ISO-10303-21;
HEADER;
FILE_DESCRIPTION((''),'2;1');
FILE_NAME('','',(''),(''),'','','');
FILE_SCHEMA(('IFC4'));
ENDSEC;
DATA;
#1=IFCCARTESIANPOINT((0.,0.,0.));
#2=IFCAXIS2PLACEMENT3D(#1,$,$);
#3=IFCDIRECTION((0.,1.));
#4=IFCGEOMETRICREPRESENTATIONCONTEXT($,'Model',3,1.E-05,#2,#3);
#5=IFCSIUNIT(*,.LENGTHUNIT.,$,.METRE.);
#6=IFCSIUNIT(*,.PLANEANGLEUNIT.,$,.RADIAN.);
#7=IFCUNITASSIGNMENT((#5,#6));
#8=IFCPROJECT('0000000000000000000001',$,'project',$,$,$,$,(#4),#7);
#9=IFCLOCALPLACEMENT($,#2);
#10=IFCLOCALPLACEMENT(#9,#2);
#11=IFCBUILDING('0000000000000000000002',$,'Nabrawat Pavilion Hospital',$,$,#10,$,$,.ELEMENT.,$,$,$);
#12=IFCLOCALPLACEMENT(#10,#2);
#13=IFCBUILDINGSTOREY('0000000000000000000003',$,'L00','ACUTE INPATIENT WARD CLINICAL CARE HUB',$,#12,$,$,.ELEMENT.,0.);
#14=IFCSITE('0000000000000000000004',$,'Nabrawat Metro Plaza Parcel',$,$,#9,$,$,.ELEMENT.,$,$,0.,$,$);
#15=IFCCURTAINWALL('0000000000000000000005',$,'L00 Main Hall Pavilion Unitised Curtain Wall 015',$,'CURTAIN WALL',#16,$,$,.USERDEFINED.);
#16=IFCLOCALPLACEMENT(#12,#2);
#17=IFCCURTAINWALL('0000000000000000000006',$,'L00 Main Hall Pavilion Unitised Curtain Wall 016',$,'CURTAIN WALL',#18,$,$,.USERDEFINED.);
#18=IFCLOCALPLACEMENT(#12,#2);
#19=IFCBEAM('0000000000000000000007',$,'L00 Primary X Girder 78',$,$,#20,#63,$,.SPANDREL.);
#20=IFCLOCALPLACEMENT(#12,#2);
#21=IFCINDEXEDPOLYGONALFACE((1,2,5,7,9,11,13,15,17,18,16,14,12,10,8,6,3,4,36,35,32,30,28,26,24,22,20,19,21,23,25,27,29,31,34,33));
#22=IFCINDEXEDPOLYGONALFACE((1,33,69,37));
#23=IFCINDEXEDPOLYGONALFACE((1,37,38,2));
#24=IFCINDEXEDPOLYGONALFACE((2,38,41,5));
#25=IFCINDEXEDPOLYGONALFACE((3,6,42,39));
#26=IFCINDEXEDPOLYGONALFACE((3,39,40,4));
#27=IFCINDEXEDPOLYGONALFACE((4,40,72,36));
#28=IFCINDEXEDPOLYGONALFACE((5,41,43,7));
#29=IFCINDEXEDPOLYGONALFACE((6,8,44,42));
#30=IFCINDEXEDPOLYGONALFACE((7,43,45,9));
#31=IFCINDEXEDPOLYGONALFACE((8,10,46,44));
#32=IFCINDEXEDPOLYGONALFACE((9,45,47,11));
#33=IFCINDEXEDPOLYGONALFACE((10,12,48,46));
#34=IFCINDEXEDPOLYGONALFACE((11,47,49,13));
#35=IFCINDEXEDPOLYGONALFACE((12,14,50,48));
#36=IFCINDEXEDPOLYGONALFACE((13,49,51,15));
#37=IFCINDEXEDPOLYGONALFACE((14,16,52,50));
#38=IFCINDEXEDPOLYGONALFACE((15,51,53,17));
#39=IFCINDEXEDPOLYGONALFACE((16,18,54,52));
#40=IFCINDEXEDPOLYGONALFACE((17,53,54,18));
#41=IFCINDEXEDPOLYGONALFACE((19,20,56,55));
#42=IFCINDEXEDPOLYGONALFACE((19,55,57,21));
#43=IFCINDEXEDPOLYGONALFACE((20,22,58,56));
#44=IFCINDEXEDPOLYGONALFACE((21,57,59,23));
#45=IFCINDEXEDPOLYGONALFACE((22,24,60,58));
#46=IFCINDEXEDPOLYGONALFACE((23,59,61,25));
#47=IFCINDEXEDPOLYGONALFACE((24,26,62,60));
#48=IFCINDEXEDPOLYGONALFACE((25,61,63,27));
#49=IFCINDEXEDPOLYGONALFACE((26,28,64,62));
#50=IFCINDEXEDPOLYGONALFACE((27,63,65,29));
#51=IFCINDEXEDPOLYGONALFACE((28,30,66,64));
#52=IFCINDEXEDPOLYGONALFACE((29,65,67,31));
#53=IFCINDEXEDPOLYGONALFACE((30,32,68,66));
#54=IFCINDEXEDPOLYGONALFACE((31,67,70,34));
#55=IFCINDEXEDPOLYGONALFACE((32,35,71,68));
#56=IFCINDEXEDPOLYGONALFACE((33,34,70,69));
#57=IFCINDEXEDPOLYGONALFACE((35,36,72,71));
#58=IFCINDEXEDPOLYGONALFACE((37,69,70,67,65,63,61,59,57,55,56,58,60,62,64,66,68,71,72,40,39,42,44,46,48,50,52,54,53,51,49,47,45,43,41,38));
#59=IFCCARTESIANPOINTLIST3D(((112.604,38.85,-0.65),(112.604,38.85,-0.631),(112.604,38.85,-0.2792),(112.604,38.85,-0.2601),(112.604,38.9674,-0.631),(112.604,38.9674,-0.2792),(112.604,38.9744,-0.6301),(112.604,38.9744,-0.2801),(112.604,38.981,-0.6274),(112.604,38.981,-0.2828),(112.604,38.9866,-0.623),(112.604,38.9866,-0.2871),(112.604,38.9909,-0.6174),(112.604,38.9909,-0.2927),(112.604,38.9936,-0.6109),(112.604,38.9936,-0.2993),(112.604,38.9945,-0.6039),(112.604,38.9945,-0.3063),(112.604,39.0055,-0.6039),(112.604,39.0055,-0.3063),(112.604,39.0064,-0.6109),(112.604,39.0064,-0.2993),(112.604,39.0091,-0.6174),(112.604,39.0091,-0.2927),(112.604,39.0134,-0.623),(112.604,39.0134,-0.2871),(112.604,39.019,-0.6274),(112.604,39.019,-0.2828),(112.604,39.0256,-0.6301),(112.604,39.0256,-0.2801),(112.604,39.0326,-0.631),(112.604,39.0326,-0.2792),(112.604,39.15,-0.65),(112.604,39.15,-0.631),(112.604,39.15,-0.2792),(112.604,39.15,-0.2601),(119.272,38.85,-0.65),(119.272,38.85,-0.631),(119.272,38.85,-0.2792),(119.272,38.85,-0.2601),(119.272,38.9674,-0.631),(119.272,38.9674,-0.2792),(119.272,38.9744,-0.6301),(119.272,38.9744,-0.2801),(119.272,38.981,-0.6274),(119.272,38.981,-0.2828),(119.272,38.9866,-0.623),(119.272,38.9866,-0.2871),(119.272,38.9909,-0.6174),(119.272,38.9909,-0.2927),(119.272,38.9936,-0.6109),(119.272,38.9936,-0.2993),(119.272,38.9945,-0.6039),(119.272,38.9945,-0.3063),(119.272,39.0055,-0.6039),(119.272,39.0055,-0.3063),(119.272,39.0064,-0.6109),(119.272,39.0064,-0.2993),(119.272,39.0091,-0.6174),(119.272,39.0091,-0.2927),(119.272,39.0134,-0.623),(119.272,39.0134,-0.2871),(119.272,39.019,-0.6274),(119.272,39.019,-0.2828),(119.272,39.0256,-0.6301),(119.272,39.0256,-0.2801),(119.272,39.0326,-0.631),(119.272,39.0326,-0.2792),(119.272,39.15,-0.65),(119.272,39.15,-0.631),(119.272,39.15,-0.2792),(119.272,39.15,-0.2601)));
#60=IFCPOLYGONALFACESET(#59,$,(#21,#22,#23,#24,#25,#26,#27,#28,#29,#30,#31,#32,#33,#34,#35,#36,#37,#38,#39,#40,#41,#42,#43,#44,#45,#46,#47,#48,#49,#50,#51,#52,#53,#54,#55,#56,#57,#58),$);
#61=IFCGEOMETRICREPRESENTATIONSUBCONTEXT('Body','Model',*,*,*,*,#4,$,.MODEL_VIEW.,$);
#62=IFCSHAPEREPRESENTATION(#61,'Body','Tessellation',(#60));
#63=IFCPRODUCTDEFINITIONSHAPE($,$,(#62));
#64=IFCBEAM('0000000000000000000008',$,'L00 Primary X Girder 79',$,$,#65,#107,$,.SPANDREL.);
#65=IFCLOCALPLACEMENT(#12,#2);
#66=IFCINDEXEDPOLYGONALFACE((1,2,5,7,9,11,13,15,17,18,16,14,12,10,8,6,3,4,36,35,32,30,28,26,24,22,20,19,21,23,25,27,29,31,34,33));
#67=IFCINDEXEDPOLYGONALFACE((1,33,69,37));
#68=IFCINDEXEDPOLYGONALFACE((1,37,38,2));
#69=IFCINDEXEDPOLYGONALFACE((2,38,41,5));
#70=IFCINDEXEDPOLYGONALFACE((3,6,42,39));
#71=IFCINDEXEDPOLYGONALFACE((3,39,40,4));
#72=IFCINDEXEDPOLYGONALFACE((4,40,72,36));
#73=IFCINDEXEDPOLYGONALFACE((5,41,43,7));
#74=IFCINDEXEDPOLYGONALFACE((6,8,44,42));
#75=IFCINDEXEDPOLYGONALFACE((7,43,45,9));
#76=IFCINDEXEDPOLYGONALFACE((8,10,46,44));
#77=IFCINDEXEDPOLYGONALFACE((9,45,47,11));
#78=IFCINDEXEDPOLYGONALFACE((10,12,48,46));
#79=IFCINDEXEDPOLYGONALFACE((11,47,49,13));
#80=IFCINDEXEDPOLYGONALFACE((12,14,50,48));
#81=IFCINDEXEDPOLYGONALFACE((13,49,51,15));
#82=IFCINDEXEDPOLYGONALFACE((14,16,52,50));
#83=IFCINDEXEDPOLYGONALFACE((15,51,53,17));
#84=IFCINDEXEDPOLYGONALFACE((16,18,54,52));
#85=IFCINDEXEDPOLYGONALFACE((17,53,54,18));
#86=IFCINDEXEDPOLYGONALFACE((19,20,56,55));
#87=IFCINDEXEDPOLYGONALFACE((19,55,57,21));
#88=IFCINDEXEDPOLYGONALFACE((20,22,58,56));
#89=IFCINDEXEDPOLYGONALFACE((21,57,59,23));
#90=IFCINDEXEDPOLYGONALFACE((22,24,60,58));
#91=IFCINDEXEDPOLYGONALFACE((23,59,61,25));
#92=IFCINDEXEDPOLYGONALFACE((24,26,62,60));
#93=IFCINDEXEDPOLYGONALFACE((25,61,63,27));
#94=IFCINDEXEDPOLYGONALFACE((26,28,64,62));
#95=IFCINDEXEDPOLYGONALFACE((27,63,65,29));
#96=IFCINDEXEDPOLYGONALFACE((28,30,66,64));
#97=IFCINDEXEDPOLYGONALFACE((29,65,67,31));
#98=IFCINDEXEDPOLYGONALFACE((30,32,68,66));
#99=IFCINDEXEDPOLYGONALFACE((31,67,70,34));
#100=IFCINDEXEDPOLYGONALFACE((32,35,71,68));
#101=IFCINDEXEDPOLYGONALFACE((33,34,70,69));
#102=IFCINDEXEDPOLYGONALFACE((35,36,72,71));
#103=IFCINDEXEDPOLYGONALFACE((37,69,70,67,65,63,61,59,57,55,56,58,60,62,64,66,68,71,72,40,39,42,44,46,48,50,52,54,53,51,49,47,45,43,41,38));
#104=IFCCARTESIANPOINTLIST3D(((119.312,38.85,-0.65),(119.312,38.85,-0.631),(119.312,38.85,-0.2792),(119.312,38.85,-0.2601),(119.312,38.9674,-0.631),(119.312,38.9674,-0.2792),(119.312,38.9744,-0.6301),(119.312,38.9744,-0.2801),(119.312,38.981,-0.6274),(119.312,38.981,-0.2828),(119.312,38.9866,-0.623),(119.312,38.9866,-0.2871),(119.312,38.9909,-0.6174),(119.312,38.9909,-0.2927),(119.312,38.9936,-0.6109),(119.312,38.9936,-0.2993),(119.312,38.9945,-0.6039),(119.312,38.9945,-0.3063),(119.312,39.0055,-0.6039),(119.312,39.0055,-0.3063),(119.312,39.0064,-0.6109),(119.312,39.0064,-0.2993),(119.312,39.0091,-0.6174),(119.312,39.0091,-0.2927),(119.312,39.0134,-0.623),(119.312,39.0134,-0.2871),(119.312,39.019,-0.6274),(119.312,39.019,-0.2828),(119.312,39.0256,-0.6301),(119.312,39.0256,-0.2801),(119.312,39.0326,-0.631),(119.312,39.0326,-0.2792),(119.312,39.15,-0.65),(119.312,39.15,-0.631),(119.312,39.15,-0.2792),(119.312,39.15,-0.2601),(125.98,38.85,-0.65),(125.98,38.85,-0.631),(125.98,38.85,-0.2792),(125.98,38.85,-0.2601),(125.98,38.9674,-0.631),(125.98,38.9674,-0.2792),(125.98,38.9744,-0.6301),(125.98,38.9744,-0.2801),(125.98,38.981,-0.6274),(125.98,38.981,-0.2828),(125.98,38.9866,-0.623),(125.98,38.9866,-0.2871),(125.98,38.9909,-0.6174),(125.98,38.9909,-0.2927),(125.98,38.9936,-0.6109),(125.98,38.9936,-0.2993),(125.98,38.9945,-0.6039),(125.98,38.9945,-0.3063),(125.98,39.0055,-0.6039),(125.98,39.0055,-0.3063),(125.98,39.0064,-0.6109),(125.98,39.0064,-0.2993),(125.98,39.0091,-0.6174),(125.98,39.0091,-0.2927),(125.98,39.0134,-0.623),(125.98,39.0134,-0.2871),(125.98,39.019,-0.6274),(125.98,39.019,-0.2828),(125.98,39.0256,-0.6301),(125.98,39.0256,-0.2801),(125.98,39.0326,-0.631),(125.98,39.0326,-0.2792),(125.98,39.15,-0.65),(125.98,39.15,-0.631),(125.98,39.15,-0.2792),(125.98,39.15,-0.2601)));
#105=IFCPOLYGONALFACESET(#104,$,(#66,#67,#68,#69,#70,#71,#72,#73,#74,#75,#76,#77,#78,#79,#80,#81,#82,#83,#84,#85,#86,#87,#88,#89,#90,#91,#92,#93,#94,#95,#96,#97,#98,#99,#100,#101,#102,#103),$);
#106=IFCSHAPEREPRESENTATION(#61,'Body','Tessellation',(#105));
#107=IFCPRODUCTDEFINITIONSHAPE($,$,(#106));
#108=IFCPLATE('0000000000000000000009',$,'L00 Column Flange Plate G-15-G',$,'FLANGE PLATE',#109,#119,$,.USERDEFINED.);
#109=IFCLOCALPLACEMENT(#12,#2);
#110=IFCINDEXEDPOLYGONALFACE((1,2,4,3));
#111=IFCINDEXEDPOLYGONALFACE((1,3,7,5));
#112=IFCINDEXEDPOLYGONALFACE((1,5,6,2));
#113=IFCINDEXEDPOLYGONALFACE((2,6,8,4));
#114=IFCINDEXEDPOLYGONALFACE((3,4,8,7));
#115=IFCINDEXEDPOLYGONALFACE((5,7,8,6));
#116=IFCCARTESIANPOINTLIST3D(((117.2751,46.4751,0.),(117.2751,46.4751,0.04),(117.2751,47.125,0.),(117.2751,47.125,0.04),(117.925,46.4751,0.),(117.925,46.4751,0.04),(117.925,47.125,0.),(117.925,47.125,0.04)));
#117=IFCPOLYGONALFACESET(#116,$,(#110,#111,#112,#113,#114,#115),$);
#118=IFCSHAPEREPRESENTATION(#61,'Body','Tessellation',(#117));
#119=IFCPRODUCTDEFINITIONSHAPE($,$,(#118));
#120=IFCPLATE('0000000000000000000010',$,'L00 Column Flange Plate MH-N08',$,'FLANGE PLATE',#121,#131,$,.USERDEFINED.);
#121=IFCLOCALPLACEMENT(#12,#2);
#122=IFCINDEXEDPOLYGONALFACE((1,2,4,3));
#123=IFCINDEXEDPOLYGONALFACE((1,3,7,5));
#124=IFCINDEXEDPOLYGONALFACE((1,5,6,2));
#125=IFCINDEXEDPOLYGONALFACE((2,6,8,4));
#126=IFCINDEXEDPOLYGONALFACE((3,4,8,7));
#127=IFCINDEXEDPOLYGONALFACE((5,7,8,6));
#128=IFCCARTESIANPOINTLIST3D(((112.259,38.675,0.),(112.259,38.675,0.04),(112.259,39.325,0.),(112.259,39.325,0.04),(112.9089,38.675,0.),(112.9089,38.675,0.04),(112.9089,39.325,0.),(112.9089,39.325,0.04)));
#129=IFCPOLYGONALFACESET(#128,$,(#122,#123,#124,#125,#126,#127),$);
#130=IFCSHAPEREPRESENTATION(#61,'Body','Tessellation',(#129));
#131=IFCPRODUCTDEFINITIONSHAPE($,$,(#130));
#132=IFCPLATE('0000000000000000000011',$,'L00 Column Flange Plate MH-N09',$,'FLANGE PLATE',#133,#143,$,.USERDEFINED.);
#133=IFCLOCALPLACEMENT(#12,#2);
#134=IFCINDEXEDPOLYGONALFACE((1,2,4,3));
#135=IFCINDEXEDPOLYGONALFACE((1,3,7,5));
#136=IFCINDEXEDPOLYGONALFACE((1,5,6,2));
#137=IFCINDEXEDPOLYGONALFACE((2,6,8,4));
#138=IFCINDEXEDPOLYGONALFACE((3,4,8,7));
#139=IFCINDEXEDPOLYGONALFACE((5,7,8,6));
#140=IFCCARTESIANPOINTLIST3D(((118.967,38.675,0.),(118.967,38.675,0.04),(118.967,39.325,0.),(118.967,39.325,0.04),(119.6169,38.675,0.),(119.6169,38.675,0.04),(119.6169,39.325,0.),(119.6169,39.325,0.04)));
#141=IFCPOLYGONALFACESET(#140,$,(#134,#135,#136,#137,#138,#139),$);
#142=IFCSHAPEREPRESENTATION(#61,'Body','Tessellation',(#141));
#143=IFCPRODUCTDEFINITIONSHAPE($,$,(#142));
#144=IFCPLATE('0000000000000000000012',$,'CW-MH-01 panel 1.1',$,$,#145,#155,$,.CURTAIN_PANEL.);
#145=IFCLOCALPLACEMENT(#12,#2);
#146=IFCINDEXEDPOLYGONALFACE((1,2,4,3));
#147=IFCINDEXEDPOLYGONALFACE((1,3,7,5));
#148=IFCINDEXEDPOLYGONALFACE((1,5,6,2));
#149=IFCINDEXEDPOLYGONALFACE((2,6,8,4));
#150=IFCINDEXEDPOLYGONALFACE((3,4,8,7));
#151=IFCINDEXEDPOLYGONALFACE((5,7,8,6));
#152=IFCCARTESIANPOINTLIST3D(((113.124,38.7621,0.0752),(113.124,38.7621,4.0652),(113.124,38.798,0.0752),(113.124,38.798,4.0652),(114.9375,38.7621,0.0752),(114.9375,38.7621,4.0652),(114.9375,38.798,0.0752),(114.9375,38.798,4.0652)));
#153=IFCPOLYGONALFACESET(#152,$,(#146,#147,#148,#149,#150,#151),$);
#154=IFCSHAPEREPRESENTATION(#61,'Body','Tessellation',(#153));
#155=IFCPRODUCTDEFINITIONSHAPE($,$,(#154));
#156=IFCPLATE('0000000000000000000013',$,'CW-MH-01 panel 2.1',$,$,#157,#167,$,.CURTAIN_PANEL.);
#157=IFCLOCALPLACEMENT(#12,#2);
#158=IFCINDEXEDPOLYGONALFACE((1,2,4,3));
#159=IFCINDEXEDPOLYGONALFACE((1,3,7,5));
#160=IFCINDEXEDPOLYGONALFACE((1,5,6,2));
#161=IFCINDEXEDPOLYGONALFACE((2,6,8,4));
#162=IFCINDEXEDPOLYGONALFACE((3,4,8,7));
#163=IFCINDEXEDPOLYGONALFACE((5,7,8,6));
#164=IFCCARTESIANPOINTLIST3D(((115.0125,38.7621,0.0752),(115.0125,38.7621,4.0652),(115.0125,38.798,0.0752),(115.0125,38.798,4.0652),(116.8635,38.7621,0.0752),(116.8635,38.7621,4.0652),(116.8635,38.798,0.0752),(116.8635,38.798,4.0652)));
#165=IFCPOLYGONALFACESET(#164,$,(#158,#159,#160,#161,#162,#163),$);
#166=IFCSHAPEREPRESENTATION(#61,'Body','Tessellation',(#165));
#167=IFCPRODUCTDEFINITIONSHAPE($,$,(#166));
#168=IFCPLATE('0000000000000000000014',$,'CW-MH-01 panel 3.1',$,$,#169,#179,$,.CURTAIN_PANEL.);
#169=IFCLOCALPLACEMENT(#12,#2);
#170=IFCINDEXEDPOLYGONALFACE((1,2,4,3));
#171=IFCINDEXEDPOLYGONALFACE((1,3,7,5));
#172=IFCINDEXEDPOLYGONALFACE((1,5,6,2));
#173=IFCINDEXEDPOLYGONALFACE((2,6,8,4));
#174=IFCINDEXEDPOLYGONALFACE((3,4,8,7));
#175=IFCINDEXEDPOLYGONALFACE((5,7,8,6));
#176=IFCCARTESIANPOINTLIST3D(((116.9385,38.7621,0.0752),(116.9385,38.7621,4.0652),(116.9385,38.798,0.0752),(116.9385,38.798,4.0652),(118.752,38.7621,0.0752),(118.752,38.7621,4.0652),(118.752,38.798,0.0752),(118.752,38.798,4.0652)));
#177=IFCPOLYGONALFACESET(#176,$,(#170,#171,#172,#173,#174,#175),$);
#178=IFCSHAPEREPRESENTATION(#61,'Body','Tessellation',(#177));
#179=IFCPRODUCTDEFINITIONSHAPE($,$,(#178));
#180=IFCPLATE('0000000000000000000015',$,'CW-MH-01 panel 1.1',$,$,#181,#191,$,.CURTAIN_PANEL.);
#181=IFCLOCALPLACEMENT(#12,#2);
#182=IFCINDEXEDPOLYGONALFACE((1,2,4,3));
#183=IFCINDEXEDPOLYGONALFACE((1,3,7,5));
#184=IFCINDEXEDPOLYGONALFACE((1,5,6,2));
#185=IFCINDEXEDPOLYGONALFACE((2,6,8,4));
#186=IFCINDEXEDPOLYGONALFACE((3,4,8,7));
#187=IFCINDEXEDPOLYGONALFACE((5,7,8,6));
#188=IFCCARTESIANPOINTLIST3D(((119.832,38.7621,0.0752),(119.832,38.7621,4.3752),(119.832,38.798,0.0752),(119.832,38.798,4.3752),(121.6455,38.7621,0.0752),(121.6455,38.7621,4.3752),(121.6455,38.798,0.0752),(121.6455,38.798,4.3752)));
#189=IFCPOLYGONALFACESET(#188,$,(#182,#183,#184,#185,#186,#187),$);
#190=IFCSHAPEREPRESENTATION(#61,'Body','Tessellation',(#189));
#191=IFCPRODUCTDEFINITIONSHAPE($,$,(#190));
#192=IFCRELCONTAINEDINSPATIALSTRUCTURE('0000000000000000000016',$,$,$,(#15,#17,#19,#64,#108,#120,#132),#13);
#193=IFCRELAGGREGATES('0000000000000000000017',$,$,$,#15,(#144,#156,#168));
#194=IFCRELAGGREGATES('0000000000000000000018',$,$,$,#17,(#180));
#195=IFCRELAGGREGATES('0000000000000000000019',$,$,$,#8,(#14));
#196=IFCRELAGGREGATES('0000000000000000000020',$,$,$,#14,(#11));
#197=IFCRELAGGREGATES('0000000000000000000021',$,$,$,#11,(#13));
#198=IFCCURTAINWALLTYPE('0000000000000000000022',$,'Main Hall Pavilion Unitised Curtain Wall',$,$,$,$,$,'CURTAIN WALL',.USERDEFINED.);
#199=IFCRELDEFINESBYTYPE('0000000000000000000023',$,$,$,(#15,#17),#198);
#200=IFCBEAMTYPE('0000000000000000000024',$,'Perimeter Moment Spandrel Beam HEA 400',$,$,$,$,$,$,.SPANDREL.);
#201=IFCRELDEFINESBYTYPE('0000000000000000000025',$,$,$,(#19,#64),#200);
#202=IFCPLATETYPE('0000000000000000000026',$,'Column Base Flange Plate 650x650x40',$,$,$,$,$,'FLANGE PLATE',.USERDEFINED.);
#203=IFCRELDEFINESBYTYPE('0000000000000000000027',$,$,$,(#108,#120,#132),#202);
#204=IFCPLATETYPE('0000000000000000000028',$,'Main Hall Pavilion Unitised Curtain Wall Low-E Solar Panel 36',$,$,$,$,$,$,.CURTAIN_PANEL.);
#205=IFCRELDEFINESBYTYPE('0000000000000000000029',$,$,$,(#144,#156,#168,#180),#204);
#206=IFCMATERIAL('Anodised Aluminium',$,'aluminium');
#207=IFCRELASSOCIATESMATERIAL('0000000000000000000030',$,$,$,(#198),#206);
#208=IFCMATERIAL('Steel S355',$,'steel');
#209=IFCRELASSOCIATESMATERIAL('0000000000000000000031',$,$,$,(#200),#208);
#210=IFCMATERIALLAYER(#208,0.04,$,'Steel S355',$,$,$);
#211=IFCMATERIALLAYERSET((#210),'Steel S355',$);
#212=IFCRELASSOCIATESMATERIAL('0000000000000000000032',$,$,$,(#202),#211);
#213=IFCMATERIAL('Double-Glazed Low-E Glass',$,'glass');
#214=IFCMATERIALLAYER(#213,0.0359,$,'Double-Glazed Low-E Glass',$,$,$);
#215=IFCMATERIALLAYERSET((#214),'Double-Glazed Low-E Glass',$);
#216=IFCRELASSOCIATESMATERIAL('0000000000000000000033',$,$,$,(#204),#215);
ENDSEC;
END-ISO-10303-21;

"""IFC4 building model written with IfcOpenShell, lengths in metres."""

from ifc_helpers import new_model, si_unit, direction, frame, origin, origin_2d, place, context, subcontext, project, spatial, rectangle, i_section, extrude, material, layer, layer_set, material_profile, profile_set, type_object, element, aggregate, save


model = new_model("IFC4")

# Units and contexts
model_context = context("Model", 3, precision=1e-05, world=origin(), true_north=direction((0.0, 1.0)))
body_context = subcontext(model_context, "Body", "Model", "MODEL_VIEW")
ifc_project = project(units=[si_unit("LENGTHUNIT", "METRE"), si_unit("PLANEANGLEUNIT", "RADIAN")], contexts=[model_context])

# Site, building, storey
site_placement = place(None, origin())
site = spatial("IfcSite", under=ifc_project, at=site_placement, Name="Nabrawat Metro Plaza Parcel", CompositionType="ELEMENT", RefElevation=0.0)
building_placement = place(site_placement, origin())
building = spatial("IfcBuilding", under=site, at=building_placement, Name="Nabrawat Pavilion Hospital", CompositionType="ELEMENT")
storey_placement = place(building_placement, origin())
storey = spatial("IfcBuildingStorey", under=building, at=storey_placement, Name="L00", Description="ACUTE INPATIENT WARD CLINICAL CARE HUB", CompositionType="ELEMENT", Elevation=0.0)

# Shared definitions
ifc_material_1 = material(Name="Steel S355", Category="steel")

# Curtain walls
ifc_material_2 = material(Name="Anodised Aluminium", Category="aluminium")
curtain_wall_type = type_object("IfcCurtainWallType", Name="Main Hall Pavilion Unitised Curtain Wall", ElementType="CURTAIN WALL", PredefinedType="USERDEFINED", material=ifc_material_2)
curtain_wall_1_placement = place(storey_placement, origin())
curtain_wall_1 = element("IfcCurtainWall", 1, at=curtain_wall_1_placement, inside=storey, type_object=curtain_wall_type, Name="L00 Main Hall Pavilion Unitised Curtain Wall 015", ObjectType="CURTAIN WALL", PredefinedType="USERDEFINED")
curtain_wall_2_placement = place(storey_placement, origin())
curtain_wall_2 = element("IfcCurtainWall", 2, at=curtain_wall_2_placement, inside=storey, type_object=curtain_wall_type, Name="L00 Main Hall Pavilion Unitised Curtain Wall 016", ObjectType="CURTAIN WALL", PredefinedType="USERDEFINED")

# Beams
ifc_material_profile_1 = material_profile(ifc_material_1, i_section(OverallWidth=0.3, OverallDepth=0.3899, WebThickness=0.011, FlangeThickness=0.019, FilletRadius=0.0271, at=origin_2d()), Name="HEA 400")
ifc_profile_set_1 = profile_set([ifc_material_profile_1], Name="Steel S355")
beam_type = type_object("IfcBeamType", Name="Perimeter Moment Spandrel Beam HEA 400", PredefinedType="SPANDREL", material=ifc_profile_set_1)
for number, where, z_axis, x_axis, name in (
    (3, (112.604, 39.0, -0.4551), (1.0, 0.0, 0.0), (0.0, 1.0, 0.0), "L00 Primary X Girder 78"),
    (4, (119.312, 39.0, -0.4551), (1.0, 0.0, 0.0), (0.0, 1.0, 0.0), "L00 Primary X Girder 79"),
):
    element("IfcBeam", number, at=place(storey_placement, frame(where, z_axis=z_axis, x_axis=x_axis)), inside=storey, type_object=beam_type, Name=name, PredefinedType="SPANDREL", context=body_context, shape_type="SweptSolid", body=[
        extrude(i_section(OverallWidth=0.3, OverallDepth=0.3899, WebThickness=0.011, FlangeThickness=0.019, FilletRadius=0.0271, at=origin_2d()), origin(), (0.0, 0.0, 1.0), 6.668),
    ])

# Plates
ifc_layer_1 = layer(ifc_material_1, 0.04, Name="Steel S355")
ifc_layer_set_1 = layer_set([ifc_layer_1], Name="Steel S355")
plate_type_1 = type_object("IfcPlateType", Name="Column Base Flange Plate 650x650x40", ElementType="FLANGE PLATE", PredefinedType="USERDEFINED", material=ifc_layer_set_1)
for number, where, z_axis, x_axis, name in (
    (5, (117.6001, 46.8, 0.0), (0.0, 0.0, 1.0), (1.0, 0.0, 0.0), "L00 Column Flange Plate G-15-G"),
    (6, (112.584, 39.0, 0.0), (0.0, 0.0, 1.0), (1.0, 0.0, 0.0), "L00 Column Flange Plate MH-N08"),
    (7, (119.292, 39.0, 0.0), (0.0, 0.0, 1.0), (1.0, 0.0, 0.0), "L00 Column Flange Plate MH-N09"),
):
    element("IfcPlate", number, at=place(storey_placement, frame(where, z_axis=z_axis, x_axis=x_axis)), inside=storey, type_object=plate_type_1, Name=name, ObjectType="FLANGE PLATE", PredefinedType="USERDEFINED", context=body_context, shape_type="SweptSolid", body=[
        extrude(rectangle(XDim=0.6499, YDim=0.6499, at=origin_2d()), origin(), (0.0, 0.0, 1.0), 0.04),
    ])

# Plates
ifc_material_3 = material(Name="Double-Glazed Low-E Glass", Category="glass")
ifc_layer_2 = layer(ifc_material_3, 0.0359, Name="Double-Glazed Low-E Glass")
ifc_layer_set_2 = layer_set([ifc_layer_2], Name="Double-Glazed Low-E Glass")
plate_type_2 = type_object("IfcPlateType", Name="Main Hall Pavilion Unitised Curtain Wall Low-E Solar Panel 36", PredefinedType="CURTAIN_PANEL", material=ifc_layer_set_2)
plate_1_placement = place(storey_placement, frame((114.0308, 38.78, 0.0752), z_axis=(0.0, 0.0, 1.0), x_axis=(1.0, 0.0, 0.0)))
plate_1 = element("IfcPlate", 8, at=plate_1_placement, type_object=plate_type_2, Name="CW-MH-01 panel 1.1", PredefinedType="CURTAIN_PANEL", context=body_context, shape_type="SweptSolid", body=[
    extrude(rectangle(XDim=1.8135, YDim=0.0359, at=origin_2d()), origin(), (0.0, 0.0, 1.0), 3.99),
])
plate_2_placement = place(storey_placement, frame((115.938, 38.78, 0.0752), z_axis=(0.0, 0.0, 1.0), x_axis=(1.0, 0.0, 0.0)))
plate_2 = element("IfcPlate", 9, at=plate_2_placement, type_object=plate_type_2, Name="CW-MH-01 panel 2.1", PredefinedType="CURTAIN_PANEL", context=body_context, shape_type="SweptSolid", body=[
    extrude(rectangle(XDim=1.8511, YDim=0.0359, at=origin_2d()), origin(), (0.0, 0.0, 1.0), 3.99),
])
plate_3_placement = place(storey_placement, frame((117.8452, 38.78, 0.0752), z_axis=(0.0, 0.0, 1.0), x_axis=(1.0, 0.0, 0.0)))
plate_3 = element("IfcPlate", 10, at=plate_3_placement, type_object=plate_type_2, Name="CW-MH-01 panel 3.1", PredefinedType="CURTAIN_PANEL", context=body_context, shape_type="SweptSolid", body=[
    extrude(rectangle(XDim=1.8135, YDim=0.0359, at=origin_2d()), origin(), (0.0, 0.0, 1.0), 3.99),
])
aggregate(curtain_wall_1, [plate_1, plate_2, plate_3])
plate_4_placement = place(storey_placement, frame((120.7388, 38.78, 0.0752), z_axis=(0.0, 0.0, 1.0), x_axis=(1.0, 0.0, 0.0)))
plate_4 = element("IfcPlate", 11, at=plate_4_placement, type_object=plate_type_2, Name="CW-MH-01 panel 1.1", PredefinedType="CURTAIN_PANEL", context=body_context, shape_type="SweptSolid", body=[
    extrude(rectangle(XDim=1.8135, YDim=0.0359, at=origin_2d()), origin(), (0.0, 0.0, 1.0), 4.3),
])
aggregate(curtain_wall_2, [plate_4])

save(model, "model.ifc")
